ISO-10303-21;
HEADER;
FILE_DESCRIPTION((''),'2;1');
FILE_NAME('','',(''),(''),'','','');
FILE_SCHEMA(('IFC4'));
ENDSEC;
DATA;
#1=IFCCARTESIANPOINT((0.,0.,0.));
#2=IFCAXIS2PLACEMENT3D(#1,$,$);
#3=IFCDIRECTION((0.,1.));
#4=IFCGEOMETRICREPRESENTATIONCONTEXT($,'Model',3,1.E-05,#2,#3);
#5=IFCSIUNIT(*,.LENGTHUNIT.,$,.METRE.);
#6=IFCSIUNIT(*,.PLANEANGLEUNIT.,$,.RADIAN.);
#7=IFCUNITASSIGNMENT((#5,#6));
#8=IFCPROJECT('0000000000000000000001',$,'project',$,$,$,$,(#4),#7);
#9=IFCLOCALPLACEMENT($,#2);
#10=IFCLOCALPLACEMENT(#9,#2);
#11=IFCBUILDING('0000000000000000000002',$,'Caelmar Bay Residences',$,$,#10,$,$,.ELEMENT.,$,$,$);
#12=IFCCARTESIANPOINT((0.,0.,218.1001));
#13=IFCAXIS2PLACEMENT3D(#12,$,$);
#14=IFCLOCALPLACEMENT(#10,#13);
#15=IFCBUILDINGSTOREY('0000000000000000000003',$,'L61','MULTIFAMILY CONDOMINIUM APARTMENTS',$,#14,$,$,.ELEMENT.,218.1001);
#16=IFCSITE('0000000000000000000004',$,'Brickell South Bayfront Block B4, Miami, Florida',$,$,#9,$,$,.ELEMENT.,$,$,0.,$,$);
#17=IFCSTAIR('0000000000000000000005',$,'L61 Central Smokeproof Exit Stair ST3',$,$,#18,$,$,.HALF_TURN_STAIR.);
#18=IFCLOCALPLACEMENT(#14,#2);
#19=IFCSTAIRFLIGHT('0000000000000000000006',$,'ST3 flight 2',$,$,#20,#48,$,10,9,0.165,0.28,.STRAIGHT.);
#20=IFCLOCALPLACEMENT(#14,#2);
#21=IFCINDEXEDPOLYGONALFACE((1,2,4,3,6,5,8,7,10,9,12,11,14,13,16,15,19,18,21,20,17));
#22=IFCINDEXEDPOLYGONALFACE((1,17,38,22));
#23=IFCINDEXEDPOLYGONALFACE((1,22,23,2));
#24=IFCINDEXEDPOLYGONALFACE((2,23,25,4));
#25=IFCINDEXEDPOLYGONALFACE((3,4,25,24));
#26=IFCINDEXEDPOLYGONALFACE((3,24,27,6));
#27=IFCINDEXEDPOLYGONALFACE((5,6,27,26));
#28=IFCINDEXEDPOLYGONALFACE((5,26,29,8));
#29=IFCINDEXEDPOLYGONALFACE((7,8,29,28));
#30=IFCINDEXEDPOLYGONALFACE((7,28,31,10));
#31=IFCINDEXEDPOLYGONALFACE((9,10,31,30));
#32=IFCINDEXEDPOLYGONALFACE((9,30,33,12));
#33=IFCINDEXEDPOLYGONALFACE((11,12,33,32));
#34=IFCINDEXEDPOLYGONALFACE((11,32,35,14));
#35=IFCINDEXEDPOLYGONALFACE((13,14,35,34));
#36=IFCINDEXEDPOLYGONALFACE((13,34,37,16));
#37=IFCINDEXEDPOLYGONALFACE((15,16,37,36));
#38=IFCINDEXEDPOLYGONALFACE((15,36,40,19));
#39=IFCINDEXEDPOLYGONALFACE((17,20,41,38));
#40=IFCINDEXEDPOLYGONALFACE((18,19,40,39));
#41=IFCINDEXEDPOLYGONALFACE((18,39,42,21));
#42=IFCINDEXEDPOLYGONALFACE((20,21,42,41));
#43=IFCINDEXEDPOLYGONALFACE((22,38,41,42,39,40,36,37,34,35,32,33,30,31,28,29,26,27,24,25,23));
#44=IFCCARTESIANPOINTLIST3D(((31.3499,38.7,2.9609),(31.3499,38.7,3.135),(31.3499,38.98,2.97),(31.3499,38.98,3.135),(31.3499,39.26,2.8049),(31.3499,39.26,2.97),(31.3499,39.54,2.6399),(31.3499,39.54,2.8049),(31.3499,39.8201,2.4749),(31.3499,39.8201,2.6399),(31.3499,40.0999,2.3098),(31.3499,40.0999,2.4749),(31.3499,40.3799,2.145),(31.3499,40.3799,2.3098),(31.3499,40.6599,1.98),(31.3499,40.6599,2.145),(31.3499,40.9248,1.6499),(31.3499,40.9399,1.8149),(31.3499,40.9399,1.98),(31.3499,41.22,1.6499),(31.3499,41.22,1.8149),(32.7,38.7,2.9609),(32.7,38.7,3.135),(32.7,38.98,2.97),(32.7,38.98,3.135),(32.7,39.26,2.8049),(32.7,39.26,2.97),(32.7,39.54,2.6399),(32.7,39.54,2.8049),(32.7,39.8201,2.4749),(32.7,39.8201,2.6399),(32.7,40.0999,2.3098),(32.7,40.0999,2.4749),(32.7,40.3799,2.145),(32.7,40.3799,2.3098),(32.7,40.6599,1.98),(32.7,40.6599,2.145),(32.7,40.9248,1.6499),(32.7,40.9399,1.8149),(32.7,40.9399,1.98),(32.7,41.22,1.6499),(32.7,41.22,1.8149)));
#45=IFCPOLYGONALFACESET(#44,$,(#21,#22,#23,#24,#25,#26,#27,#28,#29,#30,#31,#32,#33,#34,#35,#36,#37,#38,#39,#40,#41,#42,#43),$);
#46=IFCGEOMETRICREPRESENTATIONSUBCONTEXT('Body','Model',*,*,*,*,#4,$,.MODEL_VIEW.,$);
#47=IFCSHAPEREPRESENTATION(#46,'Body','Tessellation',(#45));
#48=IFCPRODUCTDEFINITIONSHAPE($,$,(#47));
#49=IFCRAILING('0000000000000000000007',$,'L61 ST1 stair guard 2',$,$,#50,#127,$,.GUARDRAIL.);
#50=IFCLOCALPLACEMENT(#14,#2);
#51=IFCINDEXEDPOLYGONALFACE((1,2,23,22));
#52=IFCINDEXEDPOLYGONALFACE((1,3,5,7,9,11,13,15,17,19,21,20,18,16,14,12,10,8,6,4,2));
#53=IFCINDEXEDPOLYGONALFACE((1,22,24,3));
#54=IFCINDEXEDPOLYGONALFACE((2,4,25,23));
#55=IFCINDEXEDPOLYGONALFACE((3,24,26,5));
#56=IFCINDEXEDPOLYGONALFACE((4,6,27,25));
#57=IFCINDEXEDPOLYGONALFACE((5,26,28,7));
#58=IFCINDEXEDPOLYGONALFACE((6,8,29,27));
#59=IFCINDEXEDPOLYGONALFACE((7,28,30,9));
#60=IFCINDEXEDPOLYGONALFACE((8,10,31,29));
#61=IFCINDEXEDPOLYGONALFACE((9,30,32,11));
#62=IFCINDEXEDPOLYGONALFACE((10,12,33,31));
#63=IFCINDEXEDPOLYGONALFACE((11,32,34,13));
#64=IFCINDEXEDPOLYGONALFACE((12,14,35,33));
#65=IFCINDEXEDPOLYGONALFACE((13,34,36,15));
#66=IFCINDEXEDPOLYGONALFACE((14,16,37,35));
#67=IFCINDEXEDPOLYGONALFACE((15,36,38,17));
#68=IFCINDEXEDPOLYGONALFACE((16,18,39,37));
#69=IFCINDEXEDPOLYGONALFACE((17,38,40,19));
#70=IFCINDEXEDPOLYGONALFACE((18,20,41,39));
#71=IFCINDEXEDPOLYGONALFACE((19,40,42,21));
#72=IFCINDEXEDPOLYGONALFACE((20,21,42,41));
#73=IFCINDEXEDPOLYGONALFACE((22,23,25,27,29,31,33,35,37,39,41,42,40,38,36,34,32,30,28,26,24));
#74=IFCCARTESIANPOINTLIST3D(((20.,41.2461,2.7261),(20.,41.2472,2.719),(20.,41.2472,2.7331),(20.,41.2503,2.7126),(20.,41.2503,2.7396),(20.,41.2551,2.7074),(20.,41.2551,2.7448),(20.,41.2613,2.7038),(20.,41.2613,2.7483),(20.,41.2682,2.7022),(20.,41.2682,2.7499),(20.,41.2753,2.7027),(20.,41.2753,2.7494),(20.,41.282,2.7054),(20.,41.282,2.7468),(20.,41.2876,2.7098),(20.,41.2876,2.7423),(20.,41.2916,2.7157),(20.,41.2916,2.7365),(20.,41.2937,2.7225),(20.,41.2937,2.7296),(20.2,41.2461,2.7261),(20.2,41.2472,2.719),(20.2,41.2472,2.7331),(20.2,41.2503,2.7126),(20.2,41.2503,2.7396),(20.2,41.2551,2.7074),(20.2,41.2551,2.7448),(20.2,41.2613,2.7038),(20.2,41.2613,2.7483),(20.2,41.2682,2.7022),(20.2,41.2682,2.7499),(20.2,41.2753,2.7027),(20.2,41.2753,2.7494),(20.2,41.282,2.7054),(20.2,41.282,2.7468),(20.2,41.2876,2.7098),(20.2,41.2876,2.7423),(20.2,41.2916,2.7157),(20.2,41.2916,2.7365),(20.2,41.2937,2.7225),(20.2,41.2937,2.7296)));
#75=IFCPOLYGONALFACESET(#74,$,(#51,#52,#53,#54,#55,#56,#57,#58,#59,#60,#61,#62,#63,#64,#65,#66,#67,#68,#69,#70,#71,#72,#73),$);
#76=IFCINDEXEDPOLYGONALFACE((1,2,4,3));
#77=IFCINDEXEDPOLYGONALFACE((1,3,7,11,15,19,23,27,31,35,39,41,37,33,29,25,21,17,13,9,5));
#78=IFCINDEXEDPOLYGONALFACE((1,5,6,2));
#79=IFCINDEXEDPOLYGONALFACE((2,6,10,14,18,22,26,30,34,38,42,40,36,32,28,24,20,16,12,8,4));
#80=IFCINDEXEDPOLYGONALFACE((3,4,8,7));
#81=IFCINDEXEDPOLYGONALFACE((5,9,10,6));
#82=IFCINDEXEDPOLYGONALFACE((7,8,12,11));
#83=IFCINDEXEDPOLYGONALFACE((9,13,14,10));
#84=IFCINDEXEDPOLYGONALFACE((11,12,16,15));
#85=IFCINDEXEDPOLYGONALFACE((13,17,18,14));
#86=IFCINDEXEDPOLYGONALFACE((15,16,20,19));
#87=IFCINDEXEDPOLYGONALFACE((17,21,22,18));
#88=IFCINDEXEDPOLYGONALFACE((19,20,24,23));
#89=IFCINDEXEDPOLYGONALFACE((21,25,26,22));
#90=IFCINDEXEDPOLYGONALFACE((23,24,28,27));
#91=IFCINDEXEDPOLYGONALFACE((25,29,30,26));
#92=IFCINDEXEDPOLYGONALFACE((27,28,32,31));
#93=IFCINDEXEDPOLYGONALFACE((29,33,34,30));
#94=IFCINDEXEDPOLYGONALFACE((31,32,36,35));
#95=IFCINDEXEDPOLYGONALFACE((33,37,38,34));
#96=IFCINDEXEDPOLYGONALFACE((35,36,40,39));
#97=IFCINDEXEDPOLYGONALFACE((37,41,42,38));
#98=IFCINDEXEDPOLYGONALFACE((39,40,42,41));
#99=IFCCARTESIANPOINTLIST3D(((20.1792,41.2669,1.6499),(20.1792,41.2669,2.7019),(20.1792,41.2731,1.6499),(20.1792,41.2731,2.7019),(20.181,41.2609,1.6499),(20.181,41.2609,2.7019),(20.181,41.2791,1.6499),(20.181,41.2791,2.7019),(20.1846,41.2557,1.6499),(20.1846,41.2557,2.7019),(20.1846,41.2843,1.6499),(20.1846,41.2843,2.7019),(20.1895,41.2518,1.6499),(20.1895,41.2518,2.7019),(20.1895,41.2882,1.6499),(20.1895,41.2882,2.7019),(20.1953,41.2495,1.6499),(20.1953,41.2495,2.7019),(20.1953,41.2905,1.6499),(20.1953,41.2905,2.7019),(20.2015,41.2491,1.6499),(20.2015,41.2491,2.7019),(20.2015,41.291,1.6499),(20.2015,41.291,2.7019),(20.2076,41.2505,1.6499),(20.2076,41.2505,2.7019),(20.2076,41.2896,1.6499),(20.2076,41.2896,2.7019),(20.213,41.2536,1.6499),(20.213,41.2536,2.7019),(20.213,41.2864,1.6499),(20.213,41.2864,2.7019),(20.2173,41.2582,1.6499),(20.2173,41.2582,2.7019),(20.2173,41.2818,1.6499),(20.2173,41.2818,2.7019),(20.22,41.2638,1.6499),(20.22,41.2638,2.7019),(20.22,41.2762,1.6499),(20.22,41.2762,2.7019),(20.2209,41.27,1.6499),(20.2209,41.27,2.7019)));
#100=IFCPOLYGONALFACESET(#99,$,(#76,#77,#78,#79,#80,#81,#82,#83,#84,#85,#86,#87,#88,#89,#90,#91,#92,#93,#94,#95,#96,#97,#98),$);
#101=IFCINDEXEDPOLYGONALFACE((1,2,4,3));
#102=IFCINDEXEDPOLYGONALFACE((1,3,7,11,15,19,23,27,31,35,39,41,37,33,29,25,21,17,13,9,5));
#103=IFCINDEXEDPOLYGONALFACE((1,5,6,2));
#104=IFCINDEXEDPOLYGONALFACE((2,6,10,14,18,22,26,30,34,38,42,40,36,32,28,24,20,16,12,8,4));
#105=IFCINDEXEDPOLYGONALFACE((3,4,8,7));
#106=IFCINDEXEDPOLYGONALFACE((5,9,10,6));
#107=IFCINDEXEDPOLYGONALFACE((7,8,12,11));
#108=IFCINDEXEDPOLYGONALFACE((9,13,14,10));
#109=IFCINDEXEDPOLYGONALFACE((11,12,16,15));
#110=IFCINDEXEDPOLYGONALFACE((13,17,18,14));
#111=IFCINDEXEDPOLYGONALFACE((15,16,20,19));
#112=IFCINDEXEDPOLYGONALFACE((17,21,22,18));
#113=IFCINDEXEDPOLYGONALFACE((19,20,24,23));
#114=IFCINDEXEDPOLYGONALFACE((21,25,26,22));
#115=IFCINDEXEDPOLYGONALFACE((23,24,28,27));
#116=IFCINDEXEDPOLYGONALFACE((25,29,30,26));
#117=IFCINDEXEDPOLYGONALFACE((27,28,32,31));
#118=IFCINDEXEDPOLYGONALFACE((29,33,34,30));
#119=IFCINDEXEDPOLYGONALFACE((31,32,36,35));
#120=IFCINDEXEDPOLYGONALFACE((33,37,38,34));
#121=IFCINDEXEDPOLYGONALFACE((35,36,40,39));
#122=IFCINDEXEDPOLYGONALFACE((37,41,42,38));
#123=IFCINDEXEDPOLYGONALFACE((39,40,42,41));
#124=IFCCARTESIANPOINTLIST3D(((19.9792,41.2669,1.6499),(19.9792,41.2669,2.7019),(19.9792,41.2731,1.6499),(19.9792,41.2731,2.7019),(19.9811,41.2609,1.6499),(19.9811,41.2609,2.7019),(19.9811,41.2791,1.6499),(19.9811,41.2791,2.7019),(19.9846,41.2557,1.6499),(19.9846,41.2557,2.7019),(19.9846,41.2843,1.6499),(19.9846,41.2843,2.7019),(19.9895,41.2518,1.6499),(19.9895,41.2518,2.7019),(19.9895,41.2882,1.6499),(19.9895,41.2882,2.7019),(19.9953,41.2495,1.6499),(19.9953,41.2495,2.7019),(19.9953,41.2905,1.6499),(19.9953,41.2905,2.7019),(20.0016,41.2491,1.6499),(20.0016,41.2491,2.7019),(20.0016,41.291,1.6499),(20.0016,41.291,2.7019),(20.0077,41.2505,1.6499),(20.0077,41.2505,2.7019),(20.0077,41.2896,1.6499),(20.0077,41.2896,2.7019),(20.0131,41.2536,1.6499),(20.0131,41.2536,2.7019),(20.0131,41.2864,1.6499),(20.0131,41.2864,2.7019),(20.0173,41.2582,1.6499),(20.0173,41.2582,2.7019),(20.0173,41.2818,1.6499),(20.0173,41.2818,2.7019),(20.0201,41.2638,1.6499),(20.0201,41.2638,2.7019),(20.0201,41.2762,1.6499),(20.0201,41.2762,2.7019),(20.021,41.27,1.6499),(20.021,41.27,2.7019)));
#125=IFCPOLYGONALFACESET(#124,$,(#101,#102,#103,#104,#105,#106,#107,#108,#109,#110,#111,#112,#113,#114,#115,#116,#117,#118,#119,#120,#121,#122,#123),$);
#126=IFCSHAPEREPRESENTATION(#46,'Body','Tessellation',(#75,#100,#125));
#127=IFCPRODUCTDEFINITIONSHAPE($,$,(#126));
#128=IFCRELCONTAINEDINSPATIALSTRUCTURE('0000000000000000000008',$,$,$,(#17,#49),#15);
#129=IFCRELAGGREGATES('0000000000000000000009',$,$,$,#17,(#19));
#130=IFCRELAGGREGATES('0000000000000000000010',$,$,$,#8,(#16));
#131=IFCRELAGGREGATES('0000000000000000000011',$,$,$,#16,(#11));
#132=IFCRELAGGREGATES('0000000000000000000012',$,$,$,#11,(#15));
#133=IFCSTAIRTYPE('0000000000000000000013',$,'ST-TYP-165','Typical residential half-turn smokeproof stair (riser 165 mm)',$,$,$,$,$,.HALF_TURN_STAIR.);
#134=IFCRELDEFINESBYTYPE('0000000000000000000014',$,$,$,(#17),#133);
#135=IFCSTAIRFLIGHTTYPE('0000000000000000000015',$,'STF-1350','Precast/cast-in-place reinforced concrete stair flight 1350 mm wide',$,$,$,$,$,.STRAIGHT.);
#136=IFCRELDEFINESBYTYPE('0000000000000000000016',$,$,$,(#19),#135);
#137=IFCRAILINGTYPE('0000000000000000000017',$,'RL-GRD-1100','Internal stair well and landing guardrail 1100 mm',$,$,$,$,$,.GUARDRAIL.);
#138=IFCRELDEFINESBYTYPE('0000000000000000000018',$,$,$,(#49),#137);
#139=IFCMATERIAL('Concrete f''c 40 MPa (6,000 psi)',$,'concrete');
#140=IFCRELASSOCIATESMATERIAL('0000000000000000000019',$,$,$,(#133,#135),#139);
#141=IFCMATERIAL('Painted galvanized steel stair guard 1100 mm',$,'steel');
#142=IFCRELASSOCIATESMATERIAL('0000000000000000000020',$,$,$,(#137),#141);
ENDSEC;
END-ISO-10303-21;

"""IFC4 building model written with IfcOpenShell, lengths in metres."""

from ifc_helpers import new_model, si_unit, direction, frame, origin, origin_2d, place, context, subcontext, project, spatial, polyline, circle, outline, extrude, material, type_object, element, aggregate, save


model = new_model("IFC4")

# Units and contexts
model_context = context("Model", 3, precision=1e-05, world=origin(), true_north=direction((0.0, 1.0)))
body_context = subcontext(model_context, "Body", "Model", "MODEL_VIEW")
ifc_project = project(units=[si_unit("LENGTHUNIT", "METRE"), si_unit("PLANEANGLEUNIT", "RADIAN")], contexts=[model_context])

# Site, building, storey
site_placement = place(None, origin())
site = spatial("IfcSite", under=ifc_project, at=site_placement, Name="Brickell South Bayfront Block B4, Miami, Florida", CompositionType="ELEMENT", RefElevation=0.0)
building_placement = place(site_placement, origin())
building = spatial("IfcBuilding", under=site, at=building_placement, Name="Caelmar Bay Residences", CompositionType="ELEMENT")
storey_placement = place(building_placement, frame((0.0, 0.0, 218.1001)))
storey = spatial("IfcBuildingStorey", under=building, at=storey_placement, Name="L61", Description="MULTIFAMILY CONDOMINIUM APARTMENTS", CompositionType="ELEMENT", Elevation=218.1001)

# Stair, stair flight
ifc_material_1 = material(Name="Concrete f'c 40 MPa (6,000 psi)", Category="concrete")
stair_type = type_object("IfcStairType", Name="ST-TYP-165", Description="Typical residential half-turn smokeproof stair (riser 165 mm)", PredefinedType="HALF_TURN_STAIR", material=ifc_material_1)
stair_flight_type = type_object("IfcStairFlightType", Name="STF-1350", Description="Precast/cast-in-place reinforced concrete stair flight 1350 mm wide", PredefinedType="STRAIGHT", material=ifc_material_1)
stair_1_placement = place(storey_placement, origin())
stair_1 = element("IfcStair", 1, at=stair_1_placement, inside=storey, type_object=stair_type, Name="L61 Central Smokeproof Exit Stair ST3", PredefinedType="HALF_TURN_STAIR")
stair_flight_1_placement = place(storey_placement, frame((32.0249, 41.22, 1.6499), z_axis=(0.0, 0.0, 1.0), x_axis=(0.0, -1.0, 0.0)))
stair_flight_1 = element("IfcStairFlight", 2, at=stair_flight_1_placement, type_object=stair_flight_type, Name="ST3 flight 2", NumberOfRisers=10, NumberOfTreads=9, PredefinedType="STRAIGHT", RiserHeight=0.165, TreadLength=0.28, context=body_context, shape_type="SweptSolid", body=[
    extrude(outline(polyline([(0.0, 0.0), (0.0, 0.165), (0.28, 0.165), (0.28, 0.3301), (0.5601, 0.3301), (0.5601, 0.4951), (0.8401, 0.4951), (0.8401, 0.6599), (1.1201, 0.6599), (1.1201, 0.825), (1.3999, 0.825), (1.3999, 0.99), (1.6799, 0.99), (1.6799, 1.155), (1.96, 1.155), (1.96, 1.3201), (2.24, 1.3201), (2.24, 1.4851), (2.52, 1.4851), (2.52, 1.6499), (2.52, 1.311), (0.2952, 0.0), (0.0, 0.0)])), frame((0.0, 0.675, 0.0), z_axis=(0.0, -1.0, 0.0), x_axis=(1.0, 0.0, 0.0)), (0.0, 0.0, 1.0), 1.3501),
])
aggregate(stair_1, [stair_flight_1])

# Railing
ifc_material_2 = material(Name="Painted galvanized steel stair guard 1100 mm", Category="steel")
railing_type_1 = type_object("IfcRailingType", Name="RL-GRD-1100", Description="Internal stair well and landing guardrail 1100 mm", PredefinedType="GUARDRAIL", material=ifc_material_2)
railing_1_placement = place(storey_placement, frame((20.2, 41.27, 1.6499)))
element("IfcRailing", 3, at=railing_1_placement, inside=storey, type_object=railing_type_1, Name="L61 ST1 stair guard 2", PredefinedType="GUARDRAIL", context=body_context, shape_type="SweptSolid", body=[
    extrude(circle(Radius=0.0239, at=origin_2d()), frame((0.0, 0.0, 1.0762), z_axis=(-1.0, 0.0, 0.0), x_axis=(0.0, -1.0, 0.0)), (0.0, 0.0, 1.0), 0.2),
    extrude(circle(Radius=0.021, at=origin_2d()), origin(), (0.0, 0.0, 1.0), 1.052),
    extrude(circle(Radius=0.021, at=origin_2d()), frame((-0.2, 0.0, 0.0)), (0.0, 0.0, 1.0), 1.052),
])

save(model, "model.ifc")
